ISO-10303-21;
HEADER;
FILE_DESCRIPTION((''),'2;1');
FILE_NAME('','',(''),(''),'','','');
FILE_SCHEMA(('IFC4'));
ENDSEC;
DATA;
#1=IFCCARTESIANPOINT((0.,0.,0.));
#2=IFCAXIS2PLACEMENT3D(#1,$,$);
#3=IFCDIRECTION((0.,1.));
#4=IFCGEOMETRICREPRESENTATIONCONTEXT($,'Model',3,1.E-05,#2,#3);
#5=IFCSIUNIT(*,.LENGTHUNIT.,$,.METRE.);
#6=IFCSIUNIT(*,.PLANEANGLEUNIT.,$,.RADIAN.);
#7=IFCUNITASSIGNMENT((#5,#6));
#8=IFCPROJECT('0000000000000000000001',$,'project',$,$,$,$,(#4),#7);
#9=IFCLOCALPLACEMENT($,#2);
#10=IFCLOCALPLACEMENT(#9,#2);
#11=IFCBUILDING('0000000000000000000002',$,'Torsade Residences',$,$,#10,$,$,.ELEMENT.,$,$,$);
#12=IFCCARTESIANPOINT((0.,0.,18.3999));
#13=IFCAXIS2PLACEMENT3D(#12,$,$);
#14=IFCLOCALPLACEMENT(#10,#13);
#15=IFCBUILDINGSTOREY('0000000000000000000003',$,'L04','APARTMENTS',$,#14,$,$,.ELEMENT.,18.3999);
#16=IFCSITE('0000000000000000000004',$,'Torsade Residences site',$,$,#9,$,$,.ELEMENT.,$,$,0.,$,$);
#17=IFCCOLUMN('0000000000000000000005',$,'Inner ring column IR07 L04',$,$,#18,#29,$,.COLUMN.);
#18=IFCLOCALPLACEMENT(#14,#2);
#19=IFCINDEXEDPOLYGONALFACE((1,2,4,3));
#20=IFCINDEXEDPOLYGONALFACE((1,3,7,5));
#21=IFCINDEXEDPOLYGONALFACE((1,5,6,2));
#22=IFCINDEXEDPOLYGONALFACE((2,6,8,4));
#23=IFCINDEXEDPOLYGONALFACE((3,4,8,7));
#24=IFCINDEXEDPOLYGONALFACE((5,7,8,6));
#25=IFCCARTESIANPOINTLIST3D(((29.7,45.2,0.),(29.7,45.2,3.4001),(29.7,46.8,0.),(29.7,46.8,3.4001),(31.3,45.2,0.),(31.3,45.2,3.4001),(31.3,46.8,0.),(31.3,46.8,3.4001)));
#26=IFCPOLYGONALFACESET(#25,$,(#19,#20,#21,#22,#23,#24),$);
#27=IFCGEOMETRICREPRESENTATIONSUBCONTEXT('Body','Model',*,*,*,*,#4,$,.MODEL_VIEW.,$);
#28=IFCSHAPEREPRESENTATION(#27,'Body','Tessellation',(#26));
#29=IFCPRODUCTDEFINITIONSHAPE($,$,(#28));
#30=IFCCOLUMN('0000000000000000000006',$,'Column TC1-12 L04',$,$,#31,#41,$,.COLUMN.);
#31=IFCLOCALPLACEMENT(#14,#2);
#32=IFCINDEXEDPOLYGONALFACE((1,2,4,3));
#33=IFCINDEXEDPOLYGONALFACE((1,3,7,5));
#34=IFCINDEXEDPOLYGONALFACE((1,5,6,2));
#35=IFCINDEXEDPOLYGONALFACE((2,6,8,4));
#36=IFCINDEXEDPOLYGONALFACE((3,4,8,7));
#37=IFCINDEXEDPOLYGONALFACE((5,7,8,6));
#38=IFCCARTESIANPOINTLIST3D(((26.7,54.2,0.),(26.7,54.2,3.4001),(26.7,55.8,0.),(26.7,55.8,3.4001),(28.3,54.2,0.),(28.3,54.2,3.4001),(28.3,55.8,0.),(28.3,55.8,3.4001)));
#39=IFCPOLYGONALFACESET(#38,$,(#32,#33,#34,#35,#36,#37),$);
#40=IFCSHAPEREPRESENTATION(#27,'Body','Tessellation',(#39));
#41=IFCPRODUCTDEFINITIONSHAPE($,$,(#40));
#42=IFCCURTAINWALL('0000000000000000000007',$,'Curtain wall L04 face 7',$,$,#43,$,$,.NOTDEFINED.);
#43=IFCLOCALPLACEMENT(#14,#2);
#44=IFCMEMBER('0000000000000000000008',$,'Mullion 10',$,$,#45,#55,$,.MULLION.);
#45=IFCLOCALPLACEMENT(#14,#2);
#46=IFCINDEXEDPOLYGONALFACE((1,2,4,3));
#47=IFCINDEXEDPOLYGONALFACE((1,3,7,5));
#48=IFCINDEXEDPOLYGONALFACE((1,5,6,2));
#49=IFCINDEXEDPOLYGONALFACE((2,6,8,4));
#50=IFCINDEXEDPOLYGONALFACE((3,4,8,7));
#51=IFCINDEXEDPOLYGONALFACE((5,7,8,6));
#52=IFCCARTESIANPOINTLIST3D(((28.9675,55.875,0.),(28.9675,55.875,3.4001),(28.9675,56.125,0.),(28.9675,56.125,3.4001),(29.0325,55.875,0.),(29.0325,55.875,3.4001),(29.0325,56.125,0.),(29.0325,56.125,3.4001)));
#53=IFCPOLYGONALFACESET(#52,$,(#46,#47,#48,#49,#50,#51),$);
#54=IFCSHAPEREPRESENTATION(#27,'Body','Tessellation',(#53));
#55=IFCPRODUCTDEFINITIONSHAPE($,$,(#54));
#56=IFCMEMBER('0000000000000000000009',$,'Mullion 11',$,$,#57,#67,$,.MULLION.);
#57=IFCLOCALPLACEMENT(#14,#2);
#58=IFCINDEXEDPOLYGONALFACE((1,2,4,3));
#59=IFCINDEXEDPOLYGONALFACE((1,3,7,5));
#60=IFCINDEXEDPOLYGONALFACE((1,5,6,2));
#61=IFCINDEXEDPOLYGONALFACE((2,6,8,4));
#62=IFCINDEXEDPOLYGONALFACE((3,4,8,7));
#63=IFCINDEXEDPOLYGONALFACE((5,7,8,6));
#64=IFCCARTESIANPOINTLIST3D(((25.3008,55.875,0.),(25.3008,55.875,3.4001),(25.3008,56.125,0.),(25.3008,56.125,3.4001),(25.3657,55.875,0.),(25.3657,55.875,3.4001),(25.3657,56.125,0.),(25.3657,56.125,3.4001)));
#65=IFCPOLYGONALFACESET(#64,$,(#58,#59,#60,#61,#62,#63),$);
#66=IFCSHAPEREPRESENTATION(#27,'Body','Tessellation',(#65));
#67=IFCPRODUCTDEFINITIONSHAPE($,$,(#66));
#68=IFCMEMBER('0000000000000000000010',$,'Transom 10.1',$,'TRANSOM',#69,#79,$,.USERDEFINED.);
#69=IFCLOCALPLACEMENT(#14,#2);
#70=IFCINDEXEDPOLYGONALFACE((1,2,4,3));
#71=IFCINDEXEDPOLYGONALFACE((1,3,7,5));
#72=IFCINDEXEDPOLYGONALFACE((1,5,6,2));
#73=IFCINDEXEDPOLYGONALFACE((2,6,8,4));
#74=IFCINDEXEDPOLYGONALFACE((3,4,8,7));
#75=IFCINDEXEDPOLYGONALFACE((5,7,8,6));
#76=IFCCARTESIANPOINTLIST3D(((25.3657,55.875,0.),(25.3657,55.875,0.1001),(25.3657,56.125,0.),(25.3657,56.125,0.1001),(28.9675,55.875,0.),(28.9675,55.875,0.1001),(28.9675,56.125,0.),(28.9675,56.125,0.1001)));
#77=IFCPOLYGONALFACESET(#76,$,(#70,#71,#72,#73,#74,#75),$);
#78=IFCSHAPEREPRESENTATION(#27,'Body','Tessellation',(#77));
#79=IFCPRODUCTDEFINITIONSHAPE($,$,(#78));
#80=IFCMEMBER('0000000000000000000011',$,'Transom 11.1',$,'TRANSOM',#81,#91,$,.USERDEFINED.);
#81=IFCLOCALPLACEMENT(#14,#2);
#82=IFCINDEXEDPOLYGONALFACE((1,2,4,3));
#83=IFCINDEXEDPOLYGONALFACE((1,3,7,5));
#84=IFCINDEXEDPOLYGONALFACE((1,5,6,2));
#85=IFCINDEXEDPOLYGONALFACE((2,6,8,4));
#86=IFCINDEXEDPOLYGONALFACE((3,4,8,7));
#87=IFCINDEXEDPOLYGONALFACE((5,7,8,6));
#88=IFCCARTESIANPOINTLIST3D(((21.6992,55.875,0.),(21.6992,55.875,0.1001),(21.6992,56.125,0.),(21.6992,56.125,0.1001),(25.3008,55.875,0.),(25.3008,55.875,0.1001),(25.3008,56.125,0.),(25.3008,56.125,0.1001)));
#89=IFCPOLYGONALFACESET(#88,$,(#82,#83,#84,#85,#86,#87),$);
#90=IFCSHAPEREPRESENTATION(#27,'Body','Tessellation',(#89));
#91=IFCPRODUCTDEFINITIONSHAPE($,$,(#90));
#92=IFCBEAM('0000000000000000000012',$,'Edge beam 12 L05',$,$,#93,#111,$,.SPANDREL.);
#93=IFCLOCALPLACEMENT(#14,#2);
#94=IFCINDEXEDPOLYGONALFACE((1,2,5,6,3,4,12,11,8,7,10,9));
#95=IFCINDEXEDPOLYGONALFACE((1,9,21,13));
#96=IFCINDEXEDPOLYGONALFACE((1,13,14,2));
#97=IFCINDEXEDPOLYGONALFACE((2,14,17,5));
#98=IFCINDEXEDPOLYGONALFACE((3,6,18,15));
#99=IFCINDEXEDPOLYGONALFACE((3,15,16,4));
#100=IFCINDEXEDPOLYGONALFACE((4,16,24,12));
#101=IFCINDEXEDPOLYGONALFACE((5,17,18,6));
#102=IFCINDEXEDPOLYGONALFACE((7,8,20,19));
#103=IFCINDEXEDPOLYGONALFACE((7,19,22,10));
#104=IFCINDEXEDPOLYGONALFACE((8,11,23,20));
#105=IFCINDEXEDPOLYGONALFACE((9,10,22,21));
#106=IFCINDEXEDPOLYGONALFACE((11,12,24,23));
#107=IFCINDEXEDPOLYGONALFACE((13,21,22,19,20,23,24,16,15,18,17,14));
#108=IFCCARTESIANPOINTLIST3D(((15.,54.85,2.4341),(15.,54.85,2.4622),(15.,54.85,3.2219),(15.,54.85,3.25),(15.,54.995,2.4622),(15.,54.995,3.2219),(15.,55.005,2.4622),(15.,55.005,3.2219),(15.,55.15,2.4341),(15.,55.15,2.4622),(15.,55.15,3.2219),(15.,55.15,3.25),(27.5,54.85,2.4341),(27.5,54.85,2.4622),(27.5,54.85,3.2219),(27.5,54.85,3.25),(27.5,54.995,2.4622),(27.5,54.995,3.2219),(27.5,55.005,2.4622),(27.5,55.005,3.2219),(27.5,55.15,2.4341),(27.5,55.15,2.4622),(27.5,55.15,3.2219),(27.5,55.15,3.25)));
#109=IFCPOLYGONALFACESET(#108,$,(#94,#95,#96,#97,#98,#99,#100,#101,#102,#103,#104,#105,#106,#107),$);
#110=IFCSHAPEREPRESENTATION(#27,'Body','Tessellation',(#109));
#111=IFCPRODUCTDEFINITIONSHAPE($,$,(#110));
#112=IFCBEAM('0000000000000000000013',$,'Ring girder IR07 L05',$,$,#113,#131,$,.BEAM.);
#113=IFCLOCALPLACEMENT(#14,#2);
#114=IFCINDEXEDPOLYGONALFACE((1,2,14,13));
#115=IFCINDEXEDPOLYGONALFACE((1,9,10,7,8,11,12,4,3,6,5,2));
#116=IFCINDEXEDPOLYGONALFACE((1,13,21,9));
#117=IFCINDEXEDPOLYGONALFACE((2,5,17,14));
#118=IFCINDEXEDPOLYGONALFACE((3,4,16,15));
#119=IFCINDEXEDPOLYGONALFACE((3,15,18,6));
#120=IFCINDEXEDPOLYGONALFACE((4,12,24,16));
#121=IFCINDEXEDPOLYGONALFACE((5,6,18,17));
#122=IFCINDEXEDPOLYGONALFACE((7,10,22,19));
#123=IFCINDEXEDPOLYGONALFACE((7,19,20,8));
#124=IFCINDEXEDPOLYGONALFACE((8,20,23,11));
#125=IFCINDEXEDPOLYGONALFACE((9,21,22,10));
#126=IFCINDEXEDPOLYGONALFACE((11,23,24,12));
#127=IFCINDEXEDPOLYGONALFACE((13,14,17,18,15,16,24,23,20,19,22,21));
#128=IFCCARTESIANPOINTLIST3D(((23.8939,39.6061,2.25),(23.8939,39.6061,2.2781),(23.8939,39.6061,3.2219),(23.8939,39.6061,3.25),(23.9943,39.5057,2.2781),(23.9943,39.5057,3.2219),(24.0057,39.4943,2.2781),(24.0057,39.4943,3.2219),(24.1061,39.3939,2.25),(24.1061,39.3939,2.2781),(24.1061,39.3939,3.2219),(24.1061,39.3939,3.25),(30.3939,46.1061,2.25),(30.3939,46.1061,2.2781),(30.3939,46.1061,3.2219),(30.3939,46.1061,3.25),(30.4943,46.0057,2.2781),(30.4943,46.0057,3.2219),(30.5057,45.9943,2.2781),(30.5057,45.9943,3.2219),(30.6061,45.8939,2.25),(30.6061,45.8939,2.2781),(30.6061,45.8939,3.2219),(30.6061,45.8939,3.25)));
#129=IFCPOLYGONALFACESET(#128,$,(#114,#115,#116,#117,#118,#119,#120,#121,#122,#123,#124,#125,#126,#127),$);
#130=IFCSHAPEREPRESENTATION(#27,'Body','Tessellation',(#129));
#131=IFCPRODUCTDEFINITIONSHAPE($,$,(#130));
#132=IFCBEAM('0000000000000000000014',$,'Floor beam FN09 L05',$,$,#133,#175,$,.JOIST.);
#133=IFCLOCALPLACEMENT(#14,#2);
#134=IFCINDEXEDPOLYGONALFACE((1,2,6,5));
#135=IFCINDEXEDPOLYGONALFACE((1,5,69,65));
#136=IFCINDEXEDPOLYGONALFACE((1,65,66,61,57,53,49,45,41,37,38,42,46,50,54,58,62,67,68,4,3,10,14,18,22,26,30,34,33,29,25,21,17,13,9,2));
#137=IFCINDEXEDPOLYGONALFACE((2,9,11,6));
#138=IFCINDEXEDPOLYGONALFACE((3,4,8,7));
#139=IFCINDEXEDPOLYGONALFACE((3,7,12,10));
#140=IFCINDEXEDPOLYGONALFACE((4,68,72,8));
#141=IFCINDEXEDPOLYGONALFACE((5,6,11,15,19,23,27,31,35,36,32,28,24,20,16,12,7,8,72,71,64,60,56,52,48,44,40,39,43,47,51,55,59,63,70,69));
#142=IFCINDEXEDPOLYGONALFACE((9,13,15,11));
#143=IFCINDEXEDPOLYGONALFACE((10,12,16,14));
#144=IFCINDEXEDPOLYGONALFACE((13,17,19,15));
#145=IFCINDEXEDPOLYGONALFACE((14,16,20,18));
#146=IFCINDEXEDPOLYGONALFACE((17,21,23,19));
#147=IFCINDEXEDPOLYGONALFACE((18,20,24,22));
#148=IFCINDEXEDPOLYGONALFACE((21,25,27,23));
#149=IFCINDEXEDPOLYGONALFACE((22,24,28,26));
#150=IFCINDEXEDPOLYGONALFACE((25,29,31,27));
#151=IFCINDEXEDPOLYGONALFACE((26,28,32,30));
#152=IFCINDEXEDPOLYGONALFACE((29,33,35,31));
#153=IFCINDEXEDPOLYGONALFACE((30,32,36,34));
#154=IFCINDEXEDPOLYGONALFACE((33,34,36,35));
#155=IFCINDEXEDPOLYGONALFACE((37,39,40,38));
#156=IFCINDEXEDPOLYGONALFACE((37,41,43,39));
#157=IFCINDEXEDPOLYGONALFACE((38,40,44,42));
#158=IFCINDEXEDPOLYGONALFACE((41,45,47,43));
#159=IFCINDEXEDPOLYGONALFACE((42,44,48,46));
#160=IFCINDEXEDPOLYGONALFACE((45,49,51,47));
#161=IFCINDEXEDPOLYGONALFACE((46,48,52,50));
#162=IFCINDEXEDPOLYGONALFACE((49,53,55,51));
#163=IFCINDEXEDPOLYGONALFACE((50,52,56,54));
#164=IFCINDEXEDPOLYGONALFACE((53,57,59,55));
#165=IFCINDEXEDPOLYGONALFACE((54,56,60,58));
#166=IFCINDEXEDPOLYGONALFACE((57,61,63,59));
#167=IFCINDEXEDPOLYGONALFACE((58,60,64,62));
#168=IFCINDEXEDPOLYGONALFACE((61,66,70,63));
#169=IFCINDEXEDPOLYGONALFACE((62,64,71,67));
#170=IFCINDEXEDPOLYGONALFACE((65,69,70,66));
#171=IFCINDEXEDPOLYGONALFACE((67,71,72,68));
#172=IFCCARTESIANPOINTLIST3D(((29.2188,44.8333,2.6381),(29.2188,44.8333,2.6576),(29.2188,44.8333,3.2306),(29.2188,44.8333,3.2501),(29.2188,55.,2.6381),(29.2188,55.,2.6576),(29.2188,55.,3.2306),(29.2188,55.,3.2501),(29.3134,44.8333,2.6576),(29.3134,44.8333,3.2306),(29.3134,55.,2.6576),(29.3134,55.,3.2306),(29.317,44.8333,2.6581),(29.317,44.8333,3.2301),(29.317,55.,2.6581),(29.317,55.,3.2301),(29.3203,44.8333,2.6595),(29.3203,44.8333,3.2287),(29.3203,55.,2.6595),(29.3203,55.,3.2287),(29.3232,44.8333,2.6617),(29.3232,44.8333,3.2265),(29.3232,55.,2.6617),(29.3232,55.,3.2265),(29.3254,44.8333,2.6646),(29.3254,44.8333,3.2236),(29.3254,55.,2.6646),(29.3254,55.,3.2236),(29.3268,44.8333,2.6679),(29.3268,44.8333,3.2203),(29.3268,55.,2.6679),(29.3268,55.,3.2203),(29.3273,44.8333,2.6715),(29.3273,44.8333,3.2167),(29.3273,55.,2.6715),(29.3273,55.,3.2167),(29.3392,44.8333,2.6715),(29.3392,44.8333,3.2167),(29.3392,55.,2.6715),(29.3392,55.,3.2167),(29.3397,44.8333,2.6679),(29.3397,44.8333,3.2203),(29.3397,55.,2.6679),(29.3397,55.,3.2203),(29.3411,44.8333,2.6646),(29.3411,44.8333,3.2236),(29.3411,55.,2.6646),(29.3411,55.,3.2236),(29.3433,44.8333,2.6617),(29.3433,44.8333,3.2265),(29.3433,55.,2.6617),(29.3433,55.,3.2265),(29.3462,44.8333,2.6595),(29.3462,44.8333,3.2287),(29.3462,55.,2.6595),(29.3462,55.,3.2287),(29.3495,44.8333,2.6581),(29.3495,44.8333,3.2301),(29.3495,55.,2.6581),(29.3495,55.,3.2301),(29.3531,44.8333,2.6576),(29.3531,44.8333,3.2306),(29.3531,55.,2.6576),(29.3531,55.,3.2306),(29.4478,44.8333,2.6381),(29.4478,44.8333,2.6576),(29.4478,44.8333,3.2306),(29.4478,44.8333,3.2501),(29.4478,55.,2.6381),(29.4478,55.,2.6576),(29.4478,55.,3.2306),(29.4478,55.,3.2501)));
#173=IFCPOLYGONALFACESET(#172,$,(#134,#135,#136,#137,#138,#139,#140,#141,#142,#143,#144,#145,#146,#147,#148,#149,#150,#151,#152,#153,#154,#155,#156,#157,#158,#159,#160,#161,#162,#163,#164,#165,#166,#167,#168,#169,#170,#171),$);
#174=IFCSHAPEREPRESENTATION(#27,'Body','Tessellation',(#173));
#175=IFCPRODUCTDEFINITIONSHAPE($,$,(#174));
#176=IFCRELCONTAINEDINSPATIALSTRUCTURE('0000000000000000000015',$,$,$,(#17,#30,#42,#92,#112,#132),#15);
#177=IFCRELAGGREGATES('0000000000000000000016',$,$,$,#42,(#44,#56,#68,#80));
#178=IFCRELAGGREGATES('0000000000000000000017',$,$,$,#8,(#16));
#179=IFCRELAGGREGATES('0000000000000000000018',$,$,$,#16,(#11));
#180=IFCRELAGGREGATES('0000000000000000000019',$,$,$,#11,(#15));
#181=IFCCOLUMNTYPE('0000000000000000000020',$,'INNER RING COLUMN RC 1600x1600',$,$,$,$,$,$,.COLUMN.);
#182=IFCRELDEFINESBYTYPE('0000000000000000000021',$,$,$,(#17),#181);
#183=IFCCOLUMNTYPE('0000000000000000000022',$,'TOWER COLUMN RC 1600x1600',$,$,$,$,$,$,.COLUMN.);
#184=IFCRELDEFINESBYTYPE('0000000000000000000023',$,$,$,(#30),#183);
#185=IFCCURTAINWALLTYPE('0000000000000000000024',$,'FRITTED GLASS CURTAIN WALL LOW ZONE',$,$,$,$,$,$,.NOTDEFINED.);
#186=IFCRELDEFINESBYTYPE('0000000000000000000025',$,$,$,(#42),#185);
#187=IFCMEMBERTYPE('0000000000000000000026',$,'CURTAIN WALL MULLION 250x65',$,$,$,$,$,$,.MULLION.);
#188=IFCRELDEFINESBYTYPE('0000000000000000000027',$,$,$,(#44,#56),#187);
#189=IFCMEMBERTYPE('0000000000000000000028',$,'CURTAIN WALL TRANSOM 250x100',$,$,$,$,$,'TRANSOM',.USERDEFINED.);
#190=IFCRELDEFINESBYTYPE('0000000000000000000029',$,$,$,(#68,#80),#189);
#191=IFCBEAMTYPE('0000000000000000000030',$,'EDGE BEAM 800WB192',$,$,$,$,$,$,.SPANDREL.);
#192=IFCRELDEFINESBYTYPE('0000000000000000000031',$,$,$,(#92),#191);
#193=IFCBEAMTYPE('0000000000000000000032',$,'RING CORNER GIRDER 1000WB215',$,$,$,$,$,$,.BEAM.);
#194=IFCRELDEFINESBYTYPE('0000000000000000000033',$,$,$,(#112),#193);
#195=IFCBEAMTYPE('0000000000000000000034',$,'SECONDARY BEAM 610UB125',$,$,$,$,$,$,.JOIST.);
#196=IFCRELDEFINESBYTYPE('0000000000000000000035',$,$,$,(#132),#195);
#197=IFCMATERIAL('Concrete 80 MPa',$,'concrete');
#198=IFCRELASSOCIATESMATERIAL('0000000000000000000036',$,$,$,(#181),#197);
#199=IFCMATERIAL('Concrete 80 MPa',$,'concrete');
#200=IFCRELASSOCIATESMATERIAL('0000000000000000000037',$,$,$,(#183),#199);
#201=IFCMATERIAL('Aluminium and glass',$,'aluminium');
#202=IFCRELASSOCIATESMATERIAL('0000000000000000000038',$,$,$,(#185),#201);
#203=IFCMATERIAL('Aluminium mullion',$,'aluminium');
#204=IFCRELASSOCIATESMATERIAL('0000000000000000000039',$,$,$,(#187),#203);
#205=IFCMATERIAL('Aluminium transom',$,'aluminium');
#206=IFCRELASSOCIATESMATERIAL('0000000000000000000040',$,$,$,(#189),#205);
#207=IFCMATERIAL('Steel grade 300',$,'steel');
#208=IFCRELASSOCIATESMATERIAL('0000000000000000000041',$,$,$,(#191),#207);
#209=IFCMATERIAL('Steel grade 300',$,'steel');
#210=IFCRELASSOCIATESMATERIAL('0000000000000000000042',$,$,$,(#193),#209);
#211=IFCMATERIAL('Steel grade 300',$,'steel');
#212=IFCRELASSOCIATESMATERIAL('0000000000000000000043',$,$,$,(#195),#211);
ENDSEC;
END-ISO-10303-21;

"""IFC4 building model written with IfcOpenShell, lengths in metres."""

from ifc_helpers import new_model, si_unit, direction, frame, origin, origin_2d, place, context, subcontext, project, spatial, rectangle, i_section, extrude, material, material_profile, profile_set, type_object, element, aggregate, save


model = new_model("IFC4")

# Units and contexts
model_context = context("Model", 3, precision=1e-05, world=origin(), true_north=direction((0.0, 1.0)))
body_context = subcontext(model_context, "Body", "Model", "MODEL_VIEW")
ifc_project = project(units=[si_unit("LENGTHUNIT", "METRE"), si_unit("PLANEANGLEUNIT", "RADIAN")], contexts=[model_context])

# Site, building, storey
site_placement = place(None, origin())
site = spatial("IfcSite", under=ifc_project, at=site_placement, Name="Torsade Residences site", CompositionType="ELEMENT", RefElevation=0.0)
building_placement = place(site_placement, origin())
building = spatial("IfcBuilding", under=site, at=building_placement, Name="Torsade Residences", CompositionType="ELEMENT")
storey_placement = place(building_placement, frame((0.0, 0.0, 18.3999)))
storey = spatial("IfcBuildingStorey", under=building, at=storey_placement, Name="L04", Description="APARTMENTS", CompositionType="ELEMENT", Elevation=18.3999)

# Columns
ifc_material_1 = material(Name="Concrete 80 MPa", Category="concrete")
ifc_material_profile_1 = material_profile(ifc_material_1, rectangle(XDim=1.6001, YDim=1.6001, at=origin_2d()), Name="RC 1600x1600")
ifc_profile_set_1 = profile_set([ifc_material_profile_1], Name="Concrete 80 MPa")
column_type_1 = type_object("IfcColumnType", Name="INNER RING COLUMN RC 1600x1600", PredefinedType="COLUMN", material=ifc_profile_set_1)
column_1_placement = place(storey_placement, frame((30.5, 46.0, 0.0), z_axis=(0.0, 0.0, 1.0), x_axis=(1.0, 0.0, 0.0)))
element("IfcColumn", 1, at=column_1_placement, inside=storey, type_object=column_type_1, Name="Inner ring column IR07 L04", PredefinedType="COLUMN", context=body_context, shape_type="SweptSolid", body=[
    extrude(rectangle(XDim=1.6001, YDim=1.6001, at=origin_2d()), origin(), (0.0, 0.0, 1.0), 3.4001),
])
ifc_material_2 = material(Name="Concrete 80 MPa", Category="concrete")
ifc_material_profile_2 = material_profile(ifc_material_2, rectangle(XDim=1.6001, YDim=1.6001, at=origin_2d()), Name="RC 1600x1600")
ifc_profile_set_2 = profile_set([ifc_material_profile_2], Name="Concrete 80 MPa")
column_type_2 = type_object("IfcColumnType", Name="TOWER COLUMN RC 1600x1600", PredefinedType="COLUMN", material=ifc_profile_set_2)
column_2_placement = place(storey_placement, frame((27.5, 55.0, 0.0), z_axis=(0.0, 0.0, 1.0), x_axis=(1.0, 0.0, 0.0)))
element("IfcColumn", 2, at=column_2_placement, inside=storey, type_object=column_type_2, Name="Column TC1-12 L04", PredefinedType="COLUMN", context=body_context, shape_type="SweptSolid", body=[
    extrude(rectangle(XDim=1.6001, YDim=1.6001, at=origin_2d()), origin(), (0.0, 0.0, 1.0), 3.4001),
])

# Curtain wall, members
ifc_material_3 = material(Name="Aluminium and glass", Category="aluminium")
curtain_wall_type = type_object("IfcCurtainWallType", Name="FRITTED GLASS CURTAIN WALL LOW ZONE", PredefinedType="NOTDEFINED", material=ifc_material_3)
curtain_wall_placement = place(storey_placement, origin())
curtain_wall = element("IfcCurtainWall", 3, at=curtain_wall_placement, inside=storey, type_object=curtain_wall_type, Name="Curtain wall L04 face 7", PredefinedType="NOTDEFINED")
ifc_material_4 = material(Name="Aluminium mullion", Category="aluminium")
ifc_material_profile_3 = material_profile(ifc_material_4, rectangle(XDim=0.25, YDim=0.0649, at=origin_2d()), Name="CURTAIN WALL MULLION 250x65")
ifc_profile_set_3 = profile_set([ifc_material_profile_3], Name="Aluminium mullion")
member_type_1 = type_object("IfcMemberType", Name="CURTAIN WALL MULLION 250x65", PredefinedType="MULLION", material=ifc_profile_set_3)
member_1_placement = place(storey_placement, frame((29.0, 56.0, 0.0), z_axis=(0.0, 0.0, 1.0), x_axis=(0.0, -1.0, 0.0)))
member_1 = element("IfcMember", 4, at=member_1_placement, type_object=member_type_1, Name="Mullion 10", PredefinedType="MULLION", context=body_context, shape_type="SweptSolid", body=[
    extrude(rectangle(XDim=0.25, YDim=0.0649, at=origin_2d()), origin(), (0.0, 0.0, 1.0), 3.4001),
])
member_2_placement = place(storey_placement, frame((25.3333, 56.0, 0.0), z_axis=(0.0, 0.0, 1.0), x_axis=(0.0, -1.0, 0.0)))
member_2 = element("IfcMember", 5, at=member_2_placement, type_object=member_type_1, Name="Mullion 11", PredefinedType="MULLION", context=body_context, shape_type="SweptSolid", body=[
    extrude(rectangle(XDim=0.25, YDim=0.0649, at=origin_2d()), origin(), (0.0, 0.0, 1.0), 3.4001),
])
ifc_material_5 = material(Name="Aluminium transom", Category="aluminium")
ifc_material_profile_4 = material_profile(ifc_material_5, rectangle(XDim=0.25, YDim=0.1001, at=origin_2d()), Name="CURTAIN WALL TRANSOM 250x100")
ifc_profile_set_4 = profile_set([ifc_material_profile_4], Name="Aluminium transom")
member_type_2 = type_object("IfcMemberType", Name="CURTAIN WALL TRANSOM 250x100", ElementType="TRANSOM", PredefinedType="USERDEFINED", material=ifc_profile_set_4)
member_3_placement = place(storey_placement, frame((28.9675, 56.0, 0.05), z_axis=(-1.0, 0.0, 0.0), x_axis=(0.0, -1.0, 0.0)))
member_3 = element("IfcMember", 6, at=member_3_placement, type_object=member_type_2, Name="Transom 10.1", ObjectType="TRANSOM", PredefinedType="USERDEFINED", context=body_context, shape_type="SweptSolid", body=[
    extrude(rectangle(XDim=0.25, YDim=0.1001, at=origin_2d()), origin(), (0.0, 0.0, 1.0), 3.6018),
])
member_4_placement = place(storey_placement, frame((25.3008, 56.0, 0.05), z_axis=(-1.0, 0.0, 0.0), x_axis=(0.0, -1.0, 0.0)))
member_4 = element("IfcMember", 7, at=member_4_placement, type_object=member_type_2, Name="Transom 11.1", ObjectType="TRANSOM", PredefinedType="USERDEFINED", context=body_context, shape_type="SweptSolid", body=[
    extrude(rectangle(XDim=0.25, YDim=0.1001, at=origin_2d()), origin(), (0.0, 0.0, 1.0), 3.6016),
])

# Beams
ifc_material_6 = material(Name="Steel grade 300", Category="steel")
ifc_material_profile_5 = material_profile(ifc_material_6, i_section(OverallWidth=0.3, OverallDepth=0.8159, WebThickness=0.01, FlangeThickness=0.0281, at=origin_2d()), Name="800WB192")
ifc_profile_set_5 = profile_set([ifc_material_profile_5], Name="Steel grade 300")
beam_type_1 = type_object("IfcBeamType", Name="EDGE BEAM 800WB192", PredefinedType="SPANDREL", material=ifc_profile_set_5)
beam_1_placement = place(storey_placement, frame((27.5, 55.0, 2.842), z_axis=(-1.0, 0.0, 0.0), x_axis=(0.0, -1.0, 0.0)))
element("IfcBeam", 8, at=beam_1_placement, inside=storey, type_object=beam_type_1, Name="Edge beam 12 L05", PredefinedType="SPANDREL", context=body_context, shape_type="SweptSolid", body=[
    extrude(i_section(OverallWidth=0.3, OverallDepth=0.8159, WebThickness=0.01, FlangeThickness=0.0281, at=origin_2d()), origin(), (0.0, 0.0, 1.0), 12.5),
])
ifc_material_7 = material(Name="Steel grade 300", Category="steel")
ifc_material_profile_6 = material_profile(ifc_material_7, i_section(OverallWidth=0.3, OverallDepth=1.0, WebThickness=0.0161, FlangeThickness=0.0281, at=origin_2d()), Name="1000WB215")
ifc_profile_set_6 = profile_set([ifc_material_profile_6], Name="Steel grade 300")
beam_type_2 = type_object("IfcBeamType", Name="RING CORNER GIRDER 1000WB215", PredefinedType="BEAM", material=ifc_profile_set_6)
beam_2_placement = place(storey_placement, frame((30.5, 46.0, 2.75), z_axis=(-0.707107, -0.707107, 0.0), x_axis=(0.707107, -0.707107, 0.0)))
element("IfcBeam", 9, at=beam_2_placement, inside=storey, type_object=beam_type_2, Name="Ring girder IR07 L05", PredefinedType="BEAM", context=body_context, shape_type="SweptSolid", body=[
    extrude(i_section(OverallWidth=0.3, OverallDepth=1.0, WebThickness=0.0161, FlangeThickness=0.0281, at=origin_2d()), origin(), (0.0, 0.0, 1.0), 9.1924),
])
ifc_material_8 = material(Name="Steel grade 300", Category="steel")
ifc_material_profile_7 = material_profile(ifc_material_8, i_section(OverallWidth=0.229, OverallDepth=0.6121, WebThickness=0.012, FlangeThickness=0.0195, FilletRadius=0.0139, at=origin_2d()), Name="610UB125")
ifc_profile_set_7 = profile_set([ifc_material_profile_7], Name="Steel grade 300")
beam_type_3 = type_object("IfcBeamType", Name="SECONDARY BEAM 610UB125", PredefinedType="JOIST", material=ifc_profile_set_7)
beam_3_placement = place(storey_placement, frame((29.3333, 55.0, 2.9441), z_axis=(0.0, -1.0, 0.0), x_axis=(1.0, 0.0, 0.0)))
element("IfcBeam", 10, at=beam_3_placement, inside=storey, type_object=beam_type_3, Name="Floor beam FN09 L05", PredefinedType="JOIST", context=body_context, shape_type="SweptSolid", body=[
    extrude(i_section(OverallWidth=0.229, OverallDepth=0.6121, WebThickness=0.012, FlangeThickness=0.0195, FilletRadius=0.0139, at=origin_2d()), origin(), (0.0, 0.0, 1.0), 10.1667),
])

aggregate(curtain_wall, [member_1, member_2, member_3, member_4])

save(model, "model.ifc")
